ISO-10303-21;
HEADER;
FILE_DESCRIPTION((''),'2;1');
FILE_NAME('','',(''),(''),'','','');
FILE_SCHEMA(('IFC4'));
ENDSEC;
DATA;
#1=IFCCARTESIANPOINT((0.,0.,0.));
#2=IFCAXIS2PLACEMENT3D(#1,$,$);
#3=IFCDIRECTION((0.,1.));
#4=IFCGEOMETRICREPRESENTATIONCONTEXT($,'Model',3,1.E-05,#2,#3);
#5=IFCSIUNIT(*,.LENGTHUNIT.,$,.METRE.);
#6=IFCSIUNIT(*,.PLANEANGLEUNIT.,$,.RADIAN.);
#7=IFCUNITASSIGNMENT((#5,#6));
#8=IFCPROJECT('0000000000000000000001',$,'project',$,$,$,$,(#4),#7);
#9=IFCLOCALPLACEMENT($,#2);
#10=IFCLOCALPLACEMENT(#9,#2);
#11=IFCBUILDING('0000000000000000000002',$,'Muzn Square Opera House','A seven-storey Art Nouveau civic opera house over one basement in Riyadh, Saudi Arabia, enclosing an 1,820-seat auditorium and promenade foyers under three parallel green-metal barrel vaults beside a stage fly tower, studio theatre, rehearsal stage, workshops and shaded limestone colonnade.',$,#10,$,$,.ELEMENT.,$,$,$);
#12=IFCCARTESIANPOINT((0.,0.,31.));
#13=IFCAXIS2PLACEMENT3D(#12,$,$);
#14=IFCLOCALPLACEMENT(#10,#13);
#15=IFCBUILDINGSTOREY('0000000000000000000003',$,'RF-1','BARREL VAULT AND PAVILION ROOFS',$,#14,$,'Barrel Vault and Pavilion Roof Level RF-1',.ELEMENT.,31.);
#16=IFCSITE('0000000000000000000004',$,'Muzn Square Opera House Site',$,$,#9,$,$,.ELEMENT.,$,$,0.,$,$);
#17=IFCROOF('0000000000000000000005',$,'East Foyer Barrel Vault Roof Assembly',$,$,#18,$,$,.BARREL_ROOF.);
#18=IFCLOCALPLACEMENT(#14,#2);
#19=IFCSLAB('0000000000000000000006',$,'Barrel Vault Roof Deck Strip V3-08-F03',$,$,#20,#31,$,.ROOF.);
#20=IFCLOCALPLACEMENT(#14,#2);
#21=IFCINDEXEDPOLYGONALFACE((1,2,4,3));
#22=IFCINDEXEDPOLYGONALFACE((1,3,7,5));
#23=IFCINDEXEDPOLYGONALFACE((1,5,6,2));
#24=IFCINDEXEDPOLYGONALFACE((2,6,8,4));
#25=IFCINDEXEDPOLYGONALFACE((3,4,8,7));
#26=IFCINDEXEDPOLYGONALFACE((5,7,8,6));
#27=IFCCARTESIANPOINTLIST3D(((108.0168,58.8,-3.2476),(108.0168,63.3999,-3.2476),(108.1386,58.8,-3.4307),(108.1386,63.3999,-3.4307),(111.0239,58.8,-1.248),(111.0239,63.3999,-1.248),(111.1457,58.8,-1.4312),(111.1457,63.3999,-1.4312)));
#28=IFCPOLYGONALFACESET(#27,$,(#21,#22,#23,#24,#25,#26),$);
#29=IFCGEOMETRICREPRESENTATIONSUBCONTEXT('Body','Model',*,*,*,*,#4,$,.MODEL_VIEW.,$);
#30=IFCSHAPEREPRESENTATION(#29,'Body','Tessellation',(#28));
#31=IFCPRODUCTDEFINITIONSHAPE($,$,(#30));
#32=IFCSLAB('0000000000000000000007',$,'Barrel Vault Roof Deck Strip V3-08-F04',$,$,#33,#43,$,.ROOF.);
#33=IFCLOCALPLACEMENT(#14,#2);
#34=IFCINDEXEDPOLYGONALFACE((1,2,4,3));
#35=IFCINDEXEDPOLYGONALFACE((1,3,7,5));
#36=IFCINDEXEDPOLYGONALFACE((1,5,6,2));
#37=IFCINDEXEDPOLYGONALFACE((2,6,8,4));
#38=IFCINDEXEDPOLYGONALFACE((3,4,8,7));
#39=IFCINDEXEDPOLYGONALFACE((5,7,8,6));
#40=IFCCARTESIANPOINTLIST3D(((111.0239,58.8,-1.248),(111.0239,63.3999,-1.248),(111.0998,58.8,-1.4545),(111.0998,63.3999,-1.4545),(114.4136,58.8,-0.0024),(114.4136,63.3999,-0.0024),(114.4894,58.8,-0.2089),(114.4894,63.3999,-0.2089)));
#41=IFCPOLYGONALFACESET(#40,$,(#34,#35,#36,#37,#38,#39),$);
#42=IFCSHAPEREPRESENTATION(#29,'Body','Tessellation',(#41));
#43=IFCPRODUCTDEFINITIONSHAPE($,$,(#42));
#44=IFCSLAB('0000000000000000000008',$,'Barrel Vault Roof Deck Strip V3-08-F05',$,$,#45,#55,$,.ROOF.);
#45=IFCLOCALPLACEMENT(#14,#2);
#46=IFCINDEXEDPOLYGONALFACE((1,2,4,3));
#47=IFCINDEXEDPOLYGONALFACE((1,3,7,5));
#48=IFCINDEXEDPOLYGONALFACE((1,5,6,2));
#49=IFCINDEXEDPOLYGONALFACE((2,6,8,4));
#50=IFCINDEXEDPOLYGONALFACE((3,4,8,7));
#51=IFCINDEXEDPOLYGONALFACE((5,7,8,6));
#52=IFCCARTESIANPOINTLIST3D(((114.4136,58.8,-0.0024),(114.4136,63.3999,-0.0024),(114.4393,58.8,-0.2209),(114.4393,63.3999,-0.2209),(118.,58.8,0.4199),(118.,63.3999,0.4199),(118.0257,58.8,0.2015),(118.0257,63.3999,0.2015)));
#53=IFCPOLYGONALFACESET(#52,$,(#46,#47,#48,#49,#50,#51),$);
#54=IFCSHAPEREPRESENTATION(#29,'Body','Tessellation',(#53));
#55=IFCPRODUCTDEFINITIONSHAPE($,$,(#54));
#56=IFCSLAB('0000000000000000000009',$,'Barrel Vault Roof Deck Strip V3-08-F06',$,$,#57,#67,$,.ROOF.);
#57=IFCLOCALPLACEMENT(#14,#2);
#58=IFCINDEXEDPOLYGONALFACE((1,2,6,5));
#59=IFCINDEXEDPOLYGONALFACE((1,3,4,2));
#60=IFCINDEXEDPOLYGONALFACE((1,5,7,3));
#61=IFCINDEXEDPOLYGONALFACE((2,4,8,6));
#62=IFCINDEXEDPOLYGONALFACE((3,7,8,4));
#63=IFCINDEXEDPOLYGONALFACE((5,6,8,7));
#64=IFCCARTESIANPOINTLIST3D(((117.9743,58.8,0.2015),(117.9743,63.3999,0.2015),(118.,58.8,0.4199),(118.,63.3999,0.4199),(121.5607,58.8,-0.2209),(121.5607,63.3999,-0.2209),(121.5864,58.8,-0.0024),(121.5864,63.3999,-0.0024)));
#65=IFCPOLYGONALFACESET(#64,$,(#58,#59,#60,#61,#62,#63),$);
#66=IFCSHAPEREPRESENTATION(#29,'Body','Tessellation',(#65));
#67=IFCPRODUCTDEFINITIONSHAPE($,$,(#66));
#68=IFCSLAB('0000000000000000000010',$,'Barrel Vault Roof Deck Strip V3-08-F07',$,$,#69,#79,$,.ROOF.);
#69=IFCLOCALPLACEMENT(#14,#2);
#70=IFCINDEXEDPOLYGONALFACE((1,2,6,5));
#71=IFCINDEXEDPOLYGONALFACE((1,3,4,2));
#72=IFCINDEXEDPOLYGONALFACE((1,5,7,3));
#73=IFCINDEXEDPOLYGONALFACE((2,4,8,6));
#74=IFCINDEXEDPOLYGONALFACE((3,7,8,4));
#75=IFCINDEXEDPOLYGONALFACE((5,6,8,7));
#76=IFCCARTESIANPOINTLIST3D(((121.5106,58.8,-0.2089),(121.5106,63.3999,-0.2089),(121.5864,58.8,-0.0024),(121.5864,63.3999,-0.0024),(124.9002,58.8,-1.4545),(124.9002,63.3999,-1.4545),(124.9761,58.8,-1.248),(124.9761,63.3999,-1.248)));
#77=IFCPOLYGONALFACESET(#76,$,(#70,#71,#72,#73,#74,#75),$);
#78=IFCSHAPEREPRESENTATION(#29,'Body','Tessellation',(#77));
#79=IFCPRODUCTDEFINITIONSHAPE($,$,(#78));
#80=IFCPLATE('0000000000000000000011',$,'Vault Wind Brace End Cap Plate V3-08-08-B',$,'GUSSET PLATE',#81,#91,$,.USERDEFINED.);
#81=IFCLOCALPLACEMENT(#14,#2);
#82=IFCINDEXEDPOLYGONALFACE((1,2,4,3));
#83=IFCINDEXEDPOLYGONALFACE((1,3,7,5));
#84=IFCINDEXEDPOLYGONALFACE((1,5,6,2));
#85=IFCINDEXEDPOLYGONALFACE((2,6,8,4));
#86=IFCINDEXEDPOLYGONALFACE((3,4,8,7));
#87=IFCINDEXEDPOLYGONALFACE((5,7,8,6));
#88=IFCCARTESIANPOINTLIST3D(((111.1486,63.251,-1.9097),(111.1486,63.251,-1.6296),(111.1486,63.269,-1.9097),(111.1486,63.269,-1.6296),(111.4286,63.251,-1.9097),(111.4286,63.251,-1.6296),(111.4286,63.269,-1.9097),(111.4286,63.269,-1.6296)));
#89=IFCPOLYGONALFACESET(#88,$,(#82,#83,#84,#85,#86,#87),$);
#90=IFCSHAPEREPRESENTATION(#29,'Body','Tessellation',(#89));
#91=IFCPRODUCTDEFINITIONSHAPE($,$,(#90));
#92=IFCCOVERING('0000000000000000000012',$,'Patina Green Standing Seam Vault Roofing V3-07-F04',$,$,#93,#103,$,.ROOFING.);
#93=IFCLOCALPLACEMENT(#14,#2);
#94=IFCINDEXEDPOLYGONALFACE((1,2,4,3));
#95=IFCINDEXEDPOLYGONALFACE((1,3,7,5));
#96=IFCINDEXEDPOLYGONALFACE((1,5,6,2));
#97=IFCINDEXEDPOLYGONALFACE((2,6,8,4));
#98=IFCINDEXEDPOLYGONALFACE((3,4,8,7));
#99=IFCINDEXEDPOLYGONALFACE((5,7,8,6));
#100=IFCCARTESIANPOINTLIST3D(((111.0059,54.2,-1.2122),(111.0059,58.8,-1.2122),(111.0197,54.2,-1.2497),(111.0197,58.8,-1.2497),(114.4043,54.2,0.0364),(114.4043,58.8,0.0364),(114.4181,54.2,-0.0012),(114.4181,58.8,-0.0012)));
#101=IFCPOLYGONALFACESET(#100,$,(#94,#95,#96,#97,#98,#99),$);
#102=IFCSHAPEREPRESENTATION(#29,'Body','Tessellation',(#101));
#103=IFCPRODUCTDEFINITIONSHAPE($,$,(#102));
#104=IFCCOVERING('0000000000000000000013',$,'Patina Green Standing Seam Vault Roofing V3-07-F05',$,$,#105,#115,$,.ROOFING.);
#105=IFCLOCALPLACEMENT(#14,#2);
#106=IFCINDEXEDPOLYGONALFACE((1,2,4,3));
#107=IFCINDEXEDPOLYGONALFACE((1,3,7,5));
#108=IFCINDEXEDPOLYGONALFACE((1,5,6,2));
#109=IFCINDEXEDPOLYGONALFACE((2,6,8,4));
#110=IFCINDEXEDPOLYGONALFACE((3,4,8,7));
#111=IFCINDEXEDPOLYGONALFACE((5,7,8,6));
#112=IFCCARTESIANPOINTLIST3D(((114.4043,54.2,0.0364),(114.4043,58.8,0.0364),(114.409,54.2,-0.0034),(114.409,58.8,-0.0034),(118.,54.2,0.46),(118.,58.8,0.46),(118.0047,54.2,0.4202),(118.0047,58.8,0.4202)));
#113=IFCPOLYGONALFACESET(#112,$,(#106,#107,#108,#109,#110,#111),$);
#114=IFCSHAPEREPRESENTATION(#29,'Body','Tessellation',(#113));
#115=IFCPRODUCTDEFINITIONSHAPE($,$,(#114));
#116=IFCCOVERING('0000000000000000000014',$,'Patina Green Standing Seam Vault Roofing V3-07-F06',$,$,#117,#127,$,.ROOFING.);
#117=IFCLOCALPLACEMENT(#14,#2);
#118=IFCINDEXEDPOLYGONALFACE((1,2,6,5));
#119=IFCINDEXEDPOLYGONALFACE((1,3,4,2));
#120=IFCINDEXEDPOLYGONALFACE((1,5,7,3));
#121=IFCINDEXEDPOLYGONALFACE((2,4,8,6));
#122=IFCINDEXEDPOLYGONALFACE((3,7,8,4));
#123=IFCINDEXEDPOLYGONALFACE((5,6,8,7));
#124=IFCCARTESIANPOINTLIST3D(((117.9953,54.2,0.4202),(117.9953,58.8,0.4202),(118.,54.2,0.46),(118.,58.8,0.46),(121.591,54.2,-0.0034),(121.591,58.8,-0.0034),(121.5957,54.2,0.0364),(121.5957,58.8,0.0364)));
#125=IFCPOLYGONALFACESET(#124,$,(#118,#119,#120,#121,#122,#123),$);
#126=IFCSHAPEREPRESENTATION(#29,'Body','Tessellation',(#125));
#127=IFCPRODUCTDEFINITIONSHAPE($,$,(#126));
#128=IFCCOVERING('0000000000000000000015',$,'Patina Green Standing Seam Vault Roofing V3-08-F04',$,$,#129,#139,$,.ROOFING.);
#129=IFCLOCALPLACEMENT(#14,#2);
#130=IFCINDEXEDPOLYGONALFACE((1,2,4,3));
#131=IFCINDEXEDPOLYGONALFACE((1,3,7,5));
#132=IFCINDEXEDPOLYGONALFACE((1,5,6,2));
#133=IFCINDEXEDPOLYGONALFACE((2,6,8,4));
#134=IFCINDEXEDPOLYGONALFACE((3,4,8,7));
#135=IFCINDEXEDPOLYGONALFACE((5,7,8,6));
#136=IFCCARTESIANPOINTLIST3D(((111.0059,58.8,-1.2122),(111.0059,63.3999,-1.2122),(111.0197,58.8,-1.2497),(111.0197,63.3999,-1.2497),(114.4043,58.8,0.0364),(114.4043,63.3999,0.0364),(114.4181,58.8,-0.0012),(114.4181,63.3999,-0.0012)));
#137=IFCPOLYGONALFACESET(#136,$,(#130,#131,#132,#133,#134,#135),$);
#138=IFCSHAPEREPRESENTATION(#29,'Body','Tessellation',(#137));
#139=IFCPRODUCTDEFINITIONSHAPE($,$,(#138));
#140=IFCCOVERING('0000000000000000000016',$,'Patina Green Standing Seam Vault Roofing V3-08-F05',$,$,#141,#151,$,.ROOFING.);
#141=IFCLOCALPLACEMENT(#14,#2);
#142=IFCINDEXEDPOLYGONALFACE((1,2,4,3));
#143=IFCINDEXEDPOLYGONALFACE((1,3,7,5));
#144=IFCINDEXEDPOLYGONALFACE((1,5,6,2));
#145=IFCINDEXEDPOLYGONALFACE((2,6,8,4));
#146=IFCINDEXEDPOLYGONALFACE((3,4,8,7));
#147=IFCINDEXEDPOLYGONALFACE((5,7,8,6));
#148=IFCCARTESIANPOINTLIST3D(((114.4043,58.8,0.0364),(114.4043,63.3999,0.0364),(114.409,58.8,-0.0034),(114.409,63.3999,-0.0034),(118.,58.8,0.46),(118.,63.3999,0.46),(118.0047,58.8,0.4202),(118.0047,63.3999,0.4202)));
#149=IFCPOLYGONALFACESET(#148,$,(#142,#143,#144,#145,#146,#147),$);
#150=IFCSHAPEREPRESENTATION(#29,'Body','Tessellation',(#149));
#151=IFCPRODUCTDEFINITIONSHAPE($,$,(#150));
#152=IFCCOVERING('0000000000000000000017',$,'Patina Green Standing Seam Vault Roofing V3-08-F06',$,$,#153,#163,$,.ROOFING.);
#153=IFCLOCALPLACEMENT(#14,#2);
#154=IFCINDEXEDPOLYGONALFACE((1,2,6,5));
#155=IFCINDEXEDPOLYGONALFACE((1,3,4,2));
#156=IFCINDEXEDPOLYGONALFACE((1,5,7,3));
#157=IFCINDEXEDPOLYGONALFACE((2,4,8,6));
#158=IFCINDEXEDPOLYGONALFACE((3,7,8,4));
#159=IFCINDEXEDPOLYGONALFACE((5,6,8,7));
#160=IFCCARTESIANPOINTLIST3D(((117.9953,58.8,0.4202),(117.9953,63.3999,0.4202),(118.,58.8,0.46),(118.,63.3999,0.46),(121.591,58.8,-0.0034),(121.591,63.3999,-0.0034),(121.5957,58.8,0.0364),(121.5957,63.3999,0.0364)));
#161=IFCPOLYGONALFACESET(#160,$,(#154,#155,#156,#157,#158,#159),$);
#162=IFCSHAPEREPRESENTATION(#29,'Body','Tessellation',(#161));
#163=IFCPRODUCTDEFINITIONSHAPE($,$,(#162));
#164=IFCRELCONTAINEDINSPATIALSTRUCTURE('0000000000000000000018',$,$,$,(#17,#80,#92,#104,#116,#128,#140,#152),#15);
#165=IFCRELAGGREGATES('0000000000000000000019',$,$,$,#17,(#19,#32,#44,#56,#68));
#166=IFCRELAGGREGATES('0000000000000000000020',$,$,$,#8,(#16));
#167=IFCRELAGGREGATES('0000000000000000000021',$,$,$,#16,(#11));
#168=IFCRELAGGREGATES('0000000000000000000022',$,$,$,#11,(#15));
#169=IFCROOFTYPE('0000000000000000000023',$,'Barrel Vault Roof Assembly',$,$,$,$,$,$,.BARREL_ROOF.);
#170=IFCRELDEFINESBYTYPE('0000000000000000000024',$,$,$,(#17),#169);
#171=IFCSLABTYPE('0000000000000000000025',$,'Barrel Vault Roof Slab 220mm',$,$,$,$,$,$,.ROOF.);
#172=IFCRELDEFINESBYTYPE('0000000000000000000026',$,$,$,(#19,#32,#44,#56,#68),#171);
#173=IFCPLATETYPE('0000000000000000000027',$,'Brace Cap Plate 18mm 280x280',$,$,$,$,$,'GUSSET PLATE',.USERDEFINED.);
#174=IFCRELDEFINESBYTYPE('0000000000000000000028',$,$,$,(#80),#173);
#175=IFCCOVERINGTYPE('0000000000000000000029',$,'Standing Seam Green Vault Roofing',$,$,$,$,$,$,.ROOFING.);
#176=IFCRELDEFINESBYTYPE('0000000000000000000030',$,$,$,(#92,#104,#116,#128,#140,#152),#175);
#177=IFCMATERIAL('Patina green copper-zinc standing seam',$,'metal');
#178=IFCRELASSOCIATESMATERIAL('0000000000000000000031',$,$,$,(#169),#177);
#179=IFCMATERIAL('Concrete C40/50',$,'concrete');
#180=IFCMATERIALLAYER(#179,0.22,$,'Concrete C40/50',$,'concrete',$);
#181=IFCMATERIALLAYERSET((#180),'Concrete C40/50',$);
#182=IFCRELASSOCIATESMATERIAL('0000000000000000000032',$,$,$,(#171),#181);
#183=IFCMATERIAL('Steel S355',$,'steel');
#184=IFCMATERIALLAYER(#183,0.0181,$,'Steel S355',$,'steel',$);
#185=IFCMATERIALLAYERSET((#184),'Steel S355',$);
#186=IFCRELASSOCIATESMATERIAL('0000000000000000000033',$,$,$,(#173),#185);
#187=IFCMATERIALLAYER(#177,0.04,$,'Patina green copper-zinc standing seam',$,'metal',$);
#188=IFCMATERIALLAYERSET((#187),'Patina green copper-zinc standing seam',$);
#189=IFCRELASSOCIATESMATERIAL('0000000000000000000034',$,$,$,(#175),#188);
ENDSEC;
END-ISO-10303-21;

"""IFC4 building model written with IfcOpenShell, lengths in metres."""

from ifc_helpers import new_model, si_unit, direction, frame, origin, origin_2d, place, context, subcontext, project, spatial, polyline, rectangle, outline, extrude, material, layer, layer_set, type_object, element, aggregate, save


model = new_model("IFC4")

# Units and contexts
model_context = context("Model", 3, precision=1e-05, world=origin(), true_north=direction((0.0, 1.0)))
body_context = subcontext(model_context, "Body", "Model", "MODEL_VIEW")
ifc_project = project(units=[si_unit("LENGTHUNIT", "METRE"), si_unit("PLANEANGLEUNIT", "RADIAN")], contexts=[model_context])

# Site, building, storey
site_placement = place(None, origin())
site = spatial("IfcSite", under=ifc_project, at=site_placement, Name="Muzn Square Opera House Site", CompositionType="ELEMENT", RefElevation=0.0)
building_placement = place(site_placement, origin())
building = spatial("IfcBuilding", under=site, at=building_placement, Name="Muzn Square Opera House", Description="A seven-storey Art Nouveau civic opera house over one basement in Riyadh, Saudi Arabia, enclosing an 1,820-seat auditorium and promenade foyers under three parallel green-metal barrel vaults beside a stage fly tower, studio theatre, rehearsal stage, workshops and shaded limestone colonnade.", CompositionType="ELEMENT")
storey_placement = place(building_placement, frame((0.0, 0.0, 31.0)))
storey = spatial("IfcBuildingStorey", under=building, at=storey_placement, Name="RF-1", Description="BARREL VAULT AND PAVILION ROOFS", LongName="Barrel Vault and Pavilion Roof Level RF-1", CompositionType="ELEMENT", Elevation=31.0)

# Shared definitions
ifc_material_1 = material(Name="Steel S355", Category="steel")

# Roof, slabs
ifc_material_2 = material(Name="Patina green copper-zinc standing seam", Category="metal")
roof_type = type_object("IfcRoofType", Name="Barrel Vault Roof Assembly", PredefinedType="BARREL_ROOF", material=ifc_material_2)
roof_placement = place(storey_placement, origin())
roof = element("IfcRoof", 1, at=roof_placement, inside=storey, type_object=roof_type, Name="East Foyer Barrel Vault Roof Assembly", PredefinedType="BARREL_ROOF")
ifc_material_3 = material(Name="Concrete C40/50", Category="concrete")
ifc_layer_1 = layer(ifc_material_3, 0.22, Name="Concrete C40/50", Category="concrete")
ifc_layer_set_1 = layer_set([ifc_layer_1], Name="Concrete C40/50")
slab_type = type_object("IfcSlabType", Name="Barrel Vault Roof Slab 220mm", PredefinedType="ROOF", material=ifc_layer_set_1)
slab_1_placement = place(storey_placement, frame((111.0239, 58.8, -1.248), z_axis=(-0.553701, 0.0, 0.832715), x_axis=(0.0, 1.0, 0.0)))
slab_1 = element("IfcSlab", 2, at=slab_1_placement, type_object=slab_type, Name="Barrel Vault Roof Deck Strip V3-08-F03", PredefinedType="ROOF", context=body_context, shape_type="SweptSolid", body=[
    extrude(outline(polyline([(0.0, 3.6112), (0.0, 0.0), (4.5999, 0.0), (4.5999, 3.6112), (0.0, 3.6112)])), origin(), (0.0, 0.0, -1.0), 0.22),
])
slab_2_placement = place(storey_placement, frame((114.4136, 58.8, -0.0024), z_axis=(-0.344922, 0.0, 0.938631), x_axis=(0.0, 1.0, 0.0)))
slab_2 = element("IfcSlab", 3, at=slab_2_placement, type_object=slab_type, Name="Barrel Vault Roof Deck Strip V3-08-F04", PredefinedType="ROOF", context=body_context, shape_type="SweptSolid", body=[
    extrude(outline(polyline([(0.0, 3.6113), (0.0, 0.0), (4.5999, 0.0), (4.5999, 3.6113), (0.0, 3.6113)])), origin(), (0.0, 0.0, -1.0), 0.22),
])
slab_3_placement = place(storey_placement, frame((118.0, 58.8, 0.4199), z_axis=(-0.116959, 0.0, 0.993137), x_axis=(0.0, 1.0, 0.0)))
slab_3 = element("IfcSlab", 4, at=slab_3_placement, type_object=slab_type, Name="Barrel Vault Roof Deck Strip V3-08-F05", PredefinedType="ROOF", context=body_context, shape_type="SweptSolid", body=[
    extrude(outline(polyline([(0.0, 3.6112), (0.0, 0.0), (4.5999, 0.0), (4.5999, 3.6112), (0.0, 3.6112)])), origin(), (0.0, 0.0, -1.0), 0.22),
])
slab_4_placement = place(storey_placement, frame((118.0, 58.8, 0.4199), z_axis=(0.116959, 0.0, 0.993137), x_axis=(0.993137, 0.0, -0.116959)))
slab_4 = element("IfcSlab", 5, at=slab_4_placement, type_object=slab_type, Name="Barrel Vault Roof Deck Strip V3-08-F06", PredefinedType="ROOF", context=body_context, shape_type="SweptSolid", body=[
    extrude(outline(polyline([(0.0, 0.0), (3.6112, 0.0), (3.6112, 4.5999), (0.0, 4.5999), (0.0, 0.0)])), origin(), (0.0, 0.0, -1.0), 0.22),
])
slab_5_placement = place(storey_placement, frame((121.5864, 58.8, -0.0024), z_axis=(0.344922, 0.0, 0.938631), x_axis=(0.938631, 0.0, -0.344922)))
slab_5 = element("IfcSlab", 6, at=slab_5_placement, type_object=slab_type, Name="Barrel Vault Roof Deck Strip V3-08-F07", PredefinedType="ROOF", context=body_context, shape_type="SweptSolid", body=[
    extrude(outline(polyline([(0.0, 0.0), (3.6113, 0.0), (3.6113, 4.5999), (0.0, 4.5999), (0.0, 0.0)])), origin(), (0.0, 0.0, -1.0), 0.22),
])
aggregate(roof, [slab_1, slab_2, slab_3, slab_4, slab_5])

# Plate
ifc_layer_2 = layer(ifc_material_1, 0.0181, Name="Steel S355", Category="steel")
ifc_layer_set_2 = layer_set([ifc_layer_2], Name="Steel S355")
plate_type = type_object("IfcPlateType", Name="Brace Cap Plate 18mm 280x280", ElementType="GUSSET PLATE", PredefinedType="USERDEFINED", material=ifc_layer_set_2)
plate_placement = place(storey_placement, frame((111.2886, 63.26, -1.9097), z_axis=(0.0, 0.0, 1.0), x_axis=(1.0, 0.0, 0.0)))
element("IfcPlate", 7, at=plate_placement, inside=storey, type_object=plate_type, Name="Vault Wind Brace End Cap Plate V3-08-08-B", ObjectType="GUSSET PLATE", PredefinedType="USERDEFINED", context=body_context, shape_type="SweptSolid", body=[
    extrude(rectangle(XDim=0.28, YDim=0.0181, at=origin_2d()), origin(), (0.0, 0.0, 1.0), 0.28),
])

# Coverings
ifc_layer_3 = layer(ifc_material_2, 0.04, Name="Patina green copper-zinc standing seam", Category="metal")
ifc_layer_set_3 = layer_set([ifc_layer_3], Name="Patina green copper-zinc standing seam")
covering_type = type_object("IfcCoveringType", Name="Standing Seam Green Vault Roofing", PredefinedType="ROOFING", material=ifc_layer_set_3)
covering_1_placement = place(storey_placement, frame((114.4043, 54.2, 0.0364), z_axis=(-0.344849, 0.0, 0.938658), x_axis=(0.0, 1.0, 0.0)))
element("IfcCovering", 8, at=covering_1_placement, inside=storey, type_object=covering_type, Name="Patina Green Standing Seam Vault Roofing V3-07-F04", PredefinedType="ROOFING", context=body_context, shape_type="SweptSolid", body=[
    extrude(outline(polyline([(0.0, 3.6205), (0.0, 0.0), (4.6001, 0.0), (4.6001, 3.6205), (0.0, 3.6205)])), origin(), (0.0, 0.0, -1.0), 0.04),
])
covering_2_placement = place(storey_placement, frame((118.0, 54.2, 0.46), z_axis=(-0.116994, 0.0, 0.993133), x_axis=(0.0, 1.0, 0.0)))
element("IfcCovering", 9, at=covering_2_placement, inside=storey, type_object=covering_type, Name="Patina Green Standing Seam Vault Roofing V3-07-F05", PredefinedType="ROOFING", context=body_context, shape_type="SweptSolid", body=[
    extrude(outline(polyline([(0.0, 3.6206), (0.0, 0.0), (4.6001, 0.0), (4.6001, 3.6206), (0.0, 3.6206)])), origin(), (0.0, 0.0, -1.0), 0.04),
])
covering_3_placement = place(storey_placement, frame((118.0, 54.2, 0.46), z_axis=(0.116994, 0.0, 0.993133), x_axis=(0.993133, 0.0, -0.116994)))
element("IfcCovering", 10, at=covering_3_placement, inside=storey, type_object=covering_type, Name="Patina Green Standing Seam Vault Roofing V3-07-F06", PredefinedType="ROOFING", context=body_context, shape_type="SweptSolid", body=[
    extrude(outline(polyline([(0.0, 0.0), (3.6206, 0.0), (3.6206, 4.6001), (0.0, 4.6001), (0.0, 0.0)])), origin(), (0.0, 0.0, -1.0), 0.04),
])
covering_4_placement = place(storey_placement, frame((114.4043, 58.8, 0.0364), z_axis=(-0.344849, 0.0, 0.938658), x_axis=(0.0, 1.0, 0.0)))
element("IfcCovering", 11, at=covering_4_placement, inside=storey, type_object=covering_type, Name="Patina Green Standing Seam Vault Roofing V3-08-F04", PredefinedType="ROOFING", context=body_context, shape_type="SweptSolid", body=[
    extrude(outline(polyline([(0.0, 3.6205), (0.0, 0.0), (4.5999, 0.0), (4.5999, 3.6205), (0.0, 3.6205)])), origin(), (0.0, 0.0, -1.0), 0.04),
])
covering_5_placement = place(storey_placement, frame((118.0, 58.8, 0.46), z_axis=(-0.116994, 0.0, 0.993133), x_axis=(0.0, 1.0, 0.0)))
element("IfcCovering", 12, at=covering_5_placement, inside=storey, type_object=covering_type, Name="Patina Green Standing Seam Vault Roofing V3-08-F05", PredefinedType="ROOFING", context=body_context, shape_type="SweptSolid", body=[
    extrude(outline(polyline([(0.0, 3.6206), (0.0, 0.0), (4.5999, 0.0), (4.5999, 3.6206), (0.0, 3.6206)])), origin(), (0.0, 0.0, -1.0), 0.04),
])
covering_6_placement = place(storey_placement, frame((118.0, 58.8, 0.46), z_axis=(0.116994, 0.0, 0.993133), x_axis=(0.993133, 0.0, -0.116994)))
element("IfcCovering", 13, at=covering_6_placement, inside=storey, type_object=covering_type, Name="Patina Green Standing Seam Vault Roofing V3-08-F06", PredefinedType="ROOFING", context=body_context, shape_type="SweptSolid", body=[
    extrude(outline(polyline([(0.0, 0.0), (3.6206, 0.0), (3.6206, 4.5999), (0.0, 4.5999), (0.0, 0.0)])), origin(), (0.0, 0.0, -1.0), 0.04),
])

save(model, "model.ifc")
